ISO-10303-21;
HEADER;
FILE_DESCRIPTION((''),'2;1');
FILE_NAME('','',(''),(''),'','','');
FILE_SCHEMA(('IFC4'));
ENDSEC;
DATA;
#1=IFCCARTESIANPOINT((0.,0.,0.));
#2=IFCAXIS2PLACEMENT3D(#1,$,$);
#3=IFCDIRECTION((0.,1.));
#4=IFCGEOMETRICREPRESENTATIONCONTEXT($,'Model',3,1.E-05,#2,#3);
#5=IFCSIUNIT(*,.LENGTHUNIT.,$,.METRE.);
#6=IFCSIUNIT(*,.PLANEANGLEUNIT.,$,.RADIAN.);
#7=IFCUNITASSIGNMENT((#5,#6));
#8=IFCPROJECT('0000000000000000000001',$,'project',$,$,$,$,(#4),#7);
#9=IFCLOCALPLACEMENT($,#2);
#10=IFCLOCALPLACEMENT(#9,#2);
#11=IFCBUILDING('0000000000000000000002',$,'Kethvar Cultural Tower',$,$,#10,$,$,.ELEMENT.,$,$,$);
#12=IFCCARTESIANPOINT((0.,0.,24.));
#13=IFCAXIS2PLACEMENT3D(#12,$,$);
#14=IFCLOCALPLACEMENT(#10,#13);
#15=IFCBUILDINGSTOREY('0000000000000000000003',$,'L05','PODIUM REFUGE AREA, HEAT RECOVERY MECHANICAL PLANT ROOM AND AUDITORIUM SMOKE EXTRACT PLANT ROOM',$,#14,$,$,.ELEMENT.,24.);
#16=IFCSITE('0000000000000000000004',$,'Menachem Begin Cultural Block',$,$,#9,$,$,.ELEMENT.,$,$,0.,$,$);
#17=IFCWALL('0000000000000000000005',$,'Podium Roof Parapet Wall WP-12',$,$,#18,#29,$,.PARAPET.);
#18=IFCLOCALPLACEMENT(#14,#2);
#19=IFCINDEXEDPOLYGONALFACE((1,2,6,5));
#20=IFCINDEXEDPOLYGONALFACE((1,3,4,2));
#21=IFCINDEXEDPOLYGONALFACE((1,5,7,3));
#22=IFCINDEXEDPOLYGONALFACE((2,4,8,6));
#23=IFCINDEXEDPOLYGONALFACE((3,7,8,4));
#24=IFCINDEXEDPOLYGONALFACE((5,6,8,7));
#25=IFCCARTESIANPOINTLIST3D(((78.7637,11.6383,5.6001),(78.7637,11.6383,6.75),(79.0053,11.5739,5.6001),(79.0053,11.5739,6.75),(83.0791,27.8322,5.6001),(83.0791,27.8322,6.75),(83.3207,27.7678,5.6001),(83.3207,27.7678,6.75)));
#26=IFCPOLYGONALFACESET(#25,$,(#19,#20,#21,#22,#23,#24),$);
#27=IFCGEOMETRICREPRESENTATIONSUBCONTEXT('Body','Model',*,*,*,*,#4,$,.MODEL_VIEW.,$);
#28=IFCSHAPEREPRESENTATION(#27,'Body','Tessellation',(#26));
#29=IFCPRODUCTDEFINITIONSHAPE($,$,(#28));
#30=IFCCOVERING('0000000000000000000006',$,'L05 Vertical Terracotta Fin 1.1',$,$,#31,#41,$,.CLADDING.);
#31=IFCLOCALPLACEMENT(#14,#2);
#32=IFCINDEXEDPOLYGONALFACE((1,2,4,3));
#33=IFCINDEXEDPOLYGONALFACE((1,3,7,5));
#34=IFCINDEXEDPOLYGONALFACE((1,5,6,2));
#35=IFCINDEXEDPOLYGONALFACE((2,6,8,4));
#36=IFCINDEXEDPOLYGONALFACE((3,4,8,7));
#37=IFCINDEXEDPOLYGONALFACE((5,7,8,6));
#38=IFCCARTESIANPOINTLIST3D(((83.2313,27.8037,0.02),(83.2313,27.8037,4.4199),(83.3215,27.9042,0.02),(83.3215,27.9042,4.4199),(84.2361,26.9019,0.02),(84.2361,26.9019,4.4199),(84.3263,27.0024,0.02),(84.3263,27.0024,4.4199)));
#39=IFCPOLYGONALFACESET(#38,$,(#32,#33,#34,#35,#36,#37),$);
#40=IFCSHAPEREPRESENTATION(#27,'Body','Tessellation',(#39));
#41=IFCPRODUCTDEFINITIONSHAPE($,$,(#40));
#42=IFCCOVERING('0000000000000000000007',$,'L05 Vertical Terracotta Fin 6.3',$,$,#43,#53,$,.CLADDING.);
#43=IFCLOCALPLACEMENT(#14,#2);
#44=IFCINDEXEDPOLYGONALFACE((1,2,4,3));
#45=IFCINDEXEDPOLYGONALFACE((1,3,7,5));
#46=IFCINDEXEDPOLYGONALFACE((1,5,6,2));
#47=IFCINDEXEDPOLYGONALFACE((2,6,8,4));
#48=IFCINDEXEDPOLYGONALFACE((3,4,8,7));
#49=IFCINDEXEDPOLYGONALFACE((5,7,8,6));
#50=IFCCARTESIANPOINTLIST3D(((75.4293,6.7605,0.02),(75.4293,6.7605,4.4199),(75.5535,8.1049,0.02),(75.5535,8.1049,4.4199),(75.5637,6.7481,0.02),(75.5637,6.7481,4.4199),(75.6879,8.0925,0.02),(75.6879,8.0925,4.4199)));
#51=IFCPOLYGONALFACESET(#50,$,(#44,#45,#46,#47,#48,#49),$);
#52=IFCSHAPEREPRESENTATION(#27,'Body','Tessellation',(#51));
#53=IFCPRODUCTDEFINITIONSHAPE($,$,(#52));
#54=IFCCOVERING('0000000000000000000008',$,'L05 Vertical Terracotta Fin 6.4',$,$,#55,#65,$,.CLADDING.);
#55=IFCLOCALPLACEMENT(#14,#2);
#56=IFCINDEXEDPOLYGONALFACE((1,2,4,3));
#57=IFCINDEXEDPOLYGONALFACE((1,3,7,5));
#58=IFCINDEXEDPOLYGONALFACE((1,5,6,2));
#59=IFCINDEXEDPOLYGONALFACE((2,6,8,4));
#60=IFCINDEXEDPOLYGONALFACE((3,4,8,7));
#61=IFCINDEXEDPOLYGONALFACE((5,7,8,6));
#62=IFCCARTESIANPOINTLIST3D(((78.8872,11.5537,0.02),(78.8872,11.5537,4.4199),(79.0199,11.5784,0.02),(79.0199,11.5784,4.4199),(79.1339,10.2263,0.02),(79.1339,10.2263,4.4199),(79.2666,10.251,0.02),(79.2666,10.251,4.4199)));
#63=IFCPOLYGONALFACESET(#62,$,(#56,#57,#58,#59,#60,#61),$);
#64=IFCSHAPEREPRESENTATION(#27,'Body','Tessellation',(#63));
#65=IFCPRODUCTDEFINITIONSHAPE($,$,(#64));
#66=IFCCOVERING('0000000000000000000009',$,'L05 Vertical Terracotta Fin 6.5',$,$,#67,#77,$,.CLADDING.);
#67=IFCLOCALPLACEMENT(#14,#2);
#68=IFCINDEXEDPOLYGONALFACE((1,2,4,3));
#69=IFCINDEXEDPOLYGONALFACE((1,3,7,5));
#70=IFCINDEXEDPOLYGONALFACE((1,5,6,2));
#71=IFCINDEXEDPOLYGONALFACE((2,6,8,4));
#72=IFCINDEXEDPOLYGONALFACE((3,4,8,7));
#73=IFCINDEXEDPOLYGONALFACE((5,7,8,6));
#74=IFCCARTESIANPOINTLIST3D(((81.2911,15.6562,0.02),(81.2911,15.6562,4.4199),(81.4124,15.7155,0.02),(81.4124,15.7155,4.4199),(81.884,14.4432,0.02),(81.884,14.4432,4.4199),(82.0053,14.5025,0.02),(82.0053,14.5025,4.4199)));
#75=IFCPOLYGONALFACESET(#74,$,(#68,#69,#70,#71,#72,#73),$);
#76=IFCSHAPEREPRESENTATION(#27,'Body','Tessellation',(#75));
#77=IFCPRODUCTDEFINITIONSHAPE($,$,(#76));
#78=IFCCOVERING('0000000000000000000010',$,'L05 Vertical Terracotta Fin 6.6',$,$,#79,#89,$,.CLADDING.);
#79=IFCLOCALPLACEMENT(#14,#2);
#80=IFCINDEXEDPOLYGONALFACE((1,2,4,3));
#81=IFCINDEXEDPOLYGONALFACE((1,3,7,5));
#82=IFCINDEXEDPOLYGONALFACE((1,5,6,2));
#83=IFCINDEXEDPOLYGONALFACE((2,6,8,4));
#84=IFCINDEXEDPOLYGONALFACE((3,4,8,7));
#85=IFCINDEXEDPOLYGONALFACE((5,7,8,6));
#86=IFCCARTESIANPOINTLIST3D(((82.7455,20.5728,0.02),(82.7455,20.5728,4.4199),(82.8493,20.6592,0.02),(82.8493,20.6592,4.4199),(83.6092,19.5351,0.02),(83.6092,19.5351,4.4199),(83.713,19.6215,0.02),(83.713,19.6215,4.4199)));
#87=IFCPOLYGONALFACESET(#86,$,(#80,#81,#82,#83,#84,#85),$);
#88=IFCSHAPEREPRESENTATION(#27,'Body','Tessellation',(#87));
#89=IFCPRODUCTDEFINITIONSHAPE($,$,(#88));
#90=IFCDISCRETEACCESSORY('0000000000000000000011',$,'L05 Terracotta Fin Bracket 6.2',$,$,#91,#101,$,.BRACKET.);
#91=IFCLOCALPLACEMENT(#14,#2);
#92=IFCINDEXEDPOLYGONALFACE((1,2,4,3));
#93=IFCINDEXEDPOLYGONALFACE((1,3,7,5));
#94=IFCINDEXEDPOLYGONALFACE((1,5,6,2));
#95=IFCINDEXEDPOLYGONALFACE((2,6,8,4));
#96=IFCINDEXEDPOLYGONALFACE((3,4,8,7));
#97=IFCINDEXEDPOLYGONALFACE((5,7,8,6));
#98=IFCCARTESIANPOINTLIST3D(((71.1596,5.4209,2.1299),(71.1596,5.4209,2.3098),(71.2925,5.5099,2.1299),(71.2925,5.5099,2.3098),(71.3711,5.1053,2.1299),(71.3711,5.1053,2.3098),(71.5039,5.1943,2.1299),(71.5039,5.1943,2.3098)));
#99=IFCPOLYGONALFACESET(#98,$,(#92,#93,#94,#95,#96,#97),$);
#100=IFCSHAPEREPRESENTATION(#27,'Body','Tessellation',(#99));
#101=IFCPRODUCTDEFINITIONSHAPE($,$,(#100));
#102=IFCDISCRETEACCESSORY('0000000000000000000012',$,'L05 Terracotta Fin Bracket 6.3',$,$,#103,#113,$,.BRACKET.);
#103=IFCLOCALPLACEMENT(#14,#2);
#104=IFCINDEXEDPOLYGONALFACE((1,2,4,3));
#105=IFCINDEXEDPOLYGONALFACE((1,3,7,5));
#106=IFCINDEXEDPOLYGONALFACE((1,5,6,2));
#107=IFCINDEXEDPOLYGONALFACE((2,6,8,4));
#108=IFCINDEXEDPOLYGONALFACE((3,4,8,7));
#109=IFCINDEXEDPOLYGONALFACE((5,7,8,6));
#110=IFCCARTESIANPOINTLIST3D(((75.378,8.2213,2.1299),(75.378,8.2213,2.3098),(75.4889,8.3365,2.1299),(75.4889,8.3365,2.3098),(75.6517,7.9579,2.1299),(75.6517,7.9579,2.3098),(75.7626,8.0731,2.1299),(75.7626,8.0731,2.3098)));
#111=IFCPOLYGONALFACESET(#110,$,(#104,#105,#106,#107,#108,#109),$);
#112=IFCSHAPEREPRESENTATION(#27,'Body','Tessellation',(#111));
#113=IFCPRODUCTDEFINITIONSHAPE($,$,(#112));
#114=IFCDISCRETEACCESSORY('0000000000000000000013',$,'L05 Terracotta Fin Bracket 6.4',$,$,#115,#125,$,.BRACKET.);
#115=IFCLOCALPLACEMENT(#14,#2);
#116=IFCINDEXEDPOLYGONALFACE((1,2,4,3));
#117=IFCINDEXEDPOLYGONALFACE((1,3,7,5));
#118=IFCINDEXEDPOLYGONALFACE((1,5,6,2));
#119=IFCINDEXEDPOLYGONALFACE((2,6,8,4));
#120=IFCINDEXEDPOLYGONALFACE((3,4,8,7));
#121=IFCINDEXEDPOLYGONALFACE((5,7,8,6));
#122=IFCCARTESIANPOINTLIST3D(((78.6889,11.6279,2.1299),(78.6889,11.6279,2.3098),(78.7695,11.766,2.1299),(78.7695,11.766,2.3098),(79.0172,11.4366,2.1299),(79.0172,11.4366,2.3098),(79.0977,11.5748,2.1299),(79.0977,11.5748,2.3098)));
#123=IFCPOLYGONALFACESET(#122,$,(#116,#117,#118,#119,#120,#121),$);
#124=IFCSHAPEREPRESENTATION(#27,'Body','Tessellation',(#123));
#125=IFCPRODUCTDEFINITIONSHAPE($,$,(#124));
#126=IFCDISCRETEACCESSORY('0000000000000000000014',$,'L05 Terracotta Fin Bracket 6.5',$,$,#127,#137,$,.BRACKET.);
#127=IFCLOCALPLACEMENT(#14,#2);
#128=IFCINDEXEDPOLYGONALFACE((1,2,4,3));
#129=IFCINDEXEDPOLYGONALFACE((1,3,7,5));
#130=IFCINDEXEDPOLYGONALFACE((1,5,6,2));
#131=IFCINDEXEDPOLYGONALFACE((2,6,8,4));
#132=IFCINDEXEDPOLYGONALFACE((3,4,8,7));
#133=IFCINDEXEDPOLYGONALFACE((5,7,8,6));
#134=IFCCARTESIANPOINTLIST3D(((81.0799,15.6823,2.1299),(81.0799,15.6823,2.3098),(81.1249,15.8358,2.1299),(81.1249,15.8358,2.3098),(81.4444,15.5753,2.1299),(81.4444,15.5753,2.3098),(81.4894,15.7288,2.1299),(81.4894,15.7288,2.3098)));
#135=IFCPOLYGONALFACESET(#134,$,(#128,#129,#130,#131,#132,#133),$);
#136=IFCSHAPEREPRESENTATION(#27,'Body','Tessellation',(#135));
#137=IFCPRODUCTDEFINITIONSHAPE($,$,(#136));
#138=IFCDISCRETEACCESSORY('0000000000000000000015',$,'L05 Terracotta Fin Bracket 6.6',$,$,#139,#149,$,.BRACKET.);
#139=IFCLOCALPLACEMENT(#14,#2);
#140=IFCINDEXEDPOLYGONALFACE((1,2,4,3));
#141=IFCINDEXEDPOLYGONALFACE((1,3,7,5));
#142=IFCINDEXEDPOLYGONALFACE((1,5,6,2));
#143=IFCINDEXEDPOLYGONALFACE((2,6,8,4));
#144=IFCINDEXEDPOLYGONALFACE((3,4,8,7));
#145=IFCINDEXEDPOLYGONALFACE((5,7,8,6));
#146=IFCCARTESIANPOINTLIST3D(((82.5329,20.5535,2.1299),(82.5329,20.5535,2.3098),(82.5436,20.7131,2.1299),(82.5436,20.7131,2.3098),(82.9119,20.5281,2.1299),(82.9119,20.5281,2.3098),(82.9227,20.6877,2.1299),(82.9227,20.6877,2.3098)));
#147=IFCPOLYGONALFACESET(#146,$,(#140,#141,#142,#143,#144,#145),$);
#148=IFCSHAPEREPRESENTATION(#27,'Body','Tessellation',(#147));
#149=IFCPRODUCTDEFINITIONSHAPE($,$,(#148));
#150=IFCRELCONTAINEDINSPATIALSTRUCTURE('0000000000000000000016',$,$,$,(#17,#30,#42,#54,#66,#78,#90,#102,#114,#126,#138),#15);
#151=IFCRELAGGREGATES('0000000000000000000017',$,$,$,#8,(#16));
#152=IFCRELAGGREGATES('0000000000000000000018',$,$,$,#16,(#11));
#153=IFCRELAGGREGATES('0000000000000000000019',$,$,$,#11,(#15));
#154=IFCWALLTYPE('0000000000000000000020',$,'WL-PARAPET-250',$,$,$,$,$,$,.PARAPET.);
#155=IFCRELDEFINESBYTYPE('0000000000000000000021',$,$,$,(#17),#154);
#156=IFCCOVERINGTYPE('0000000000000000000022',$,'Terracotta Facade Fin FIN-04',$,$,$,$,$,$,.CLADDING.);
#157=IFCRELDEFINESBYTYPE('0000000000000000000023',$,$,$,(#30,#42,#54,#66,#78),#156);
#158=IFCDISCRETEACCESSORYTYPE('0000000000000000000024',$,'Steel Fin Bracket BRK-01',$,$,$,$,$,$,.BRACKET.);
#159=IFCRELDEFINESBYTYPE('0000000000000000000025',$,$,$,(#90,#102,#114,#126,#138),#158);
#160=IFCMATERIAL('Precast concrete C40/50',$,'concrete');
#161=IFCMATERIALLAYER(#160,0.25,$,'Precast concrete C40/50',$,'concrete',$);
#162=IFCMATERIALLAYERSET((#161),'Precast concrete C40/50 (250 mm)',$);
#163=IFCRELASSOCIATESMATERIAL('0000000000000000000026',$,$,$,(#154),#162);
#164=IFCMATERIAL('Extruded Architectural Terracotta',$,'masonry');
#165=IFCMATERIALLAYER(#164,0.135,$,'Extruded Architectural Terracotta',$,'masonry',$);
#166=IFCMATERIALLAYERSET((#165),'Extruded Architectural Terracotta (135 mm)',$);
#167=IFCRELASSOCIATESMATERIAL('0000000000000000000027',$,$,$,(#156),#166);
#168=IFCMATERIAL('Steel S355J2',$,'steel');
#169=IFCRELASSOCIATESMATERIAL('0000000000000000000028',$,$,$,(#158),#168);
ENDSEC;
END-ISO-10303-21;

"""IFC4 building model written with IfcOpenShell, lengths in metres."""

from ifc_helpers import new_model, si_unit, direction, frame, frame_2d, origin, origin_2d, place, context, subcontext, project, spatial, rectangle, extrude, source, transform, mapped, material, layer, layer_set, type_object, element, save


model = new_model("IFC4")

# Units and contexts
model_context = context("Model", 3, precision=1e-05, world=origin(), true_north=direction((0.0, 1.0)))
body_context = subcontext(model_context, "Body", "Model", "MODEL_VIEW")
ifc_project = project(units=[si_unit("LENGTHUNIT", "METRE"), si_unit("PLANEANGLEUNIT", "RADIAN")], contexts=[model_context])

# Site, building, storey
site_placement = place(None, origin())
site = spatial("IfcSite", under=ifc_project, at=site_placement, Name="Menachem Begin Cultural Block", CompositionType="ELEMENT", RefElevation=0.0)
building_placement = place(site_placement, origin())
building = spatial("IfcBuilding", under=site, at=building_placement, Name="Kethvar Cultural Tower", CompositionType="ELEMENT")
storey_placement = place(building_placement, frame((0.0, 0.0, 24.0)))
storey = spatial("IfcBuildingStorey", under=building, at=storey_placement, Name="L05", Description="PODIUM REFUGE AREA, HEAT RECOVERY MECHANICAL PLANT ROOM AND AUDITORIUM SMOKE EXTRACT PLANT ROOM", CompositionType="ELEMENT", Elevation=24.0)

# Shared definitions
ifc_material_1 = material(Name="Steel S355J2", Category="steel")

# Wall
ifc_material_2 = material(Name="Precast concrete C40/50", Category="concrete")
ifc_layer_1 = layer(ifc_material_2, 0.25, Name="Precast concrete C40/50", Category="concrete")
ifc_layer_set_1 = layer_set([ifc_layer_1], Name="Precast concrete C40/50 (250 mm)")
wall_type = type_object("IfcWallType", Name="WL-PARAPET-250", PredefinedType="PARAPET", material=ifc_layer_set_1)
wall_placement = place(storey_placement, frame((78.8845, 11.6062, 5.6001), z_axis=(0.0, 0.0, 1.0), x_axis=(0.257499, 0.966278, 0.0)))
element("IfcWall", 1, at=wall_placement, inside=storey, type_object=wall_type, Name="Podium Roof Parapet Wall WP-12", PredefinedType="PARAPET", context=body_context, shape_type="SweptSolid", body=[
    extrude(rectangle(XDim=16.759, YDim=0.25, at=frame_2d((8.3794, 0.0))), origin(), (0.0, 0.0, 1.0), 1.1499),
])

# Coverings
ifc_material_3 = material(Name="Extruded Architectural Terracotta", Category="masonry")
ifc_layer_2 = layer(ifc_material_3, 0.135, Name="Extruded Architectural Terracotta", Category="masonry")
ifc_layer_set_2 = layer_set([ifc_layer_2], Name="Extruded Architectural Terracotta (135 mm)")
covering_type = type_object("IfcCoveringType", Name="Terracotta Facade Fin FIN-04", PredefinedType="CLADDING", material=ifc_layer_set_2)
shared_shape_1 = source(origin(), body_context, "Body", "SweptSolid", [
    extrude(rectangle(XDim=1.3501, YDim=0.135, at=origin_2d()), origin(), (0.0, 0.0, 1.0), 4.3999),
])
for number, where, z_axis, x_axis, name in (
    (2, (83.7788, 27.4031, 0.02), (0.0, 0.0, 1.0), (0.744195, -0.667962, 0.0), "L05 Vertical Terracotta Fin 1.1"),
    (3, (75.5586, 7.4265, 0.02), (0.0, 0.0, 1.0), (-0.092023, -0.995757, 0.0), "L05 Vertical Terracotta Fin 6.3"),
    (4, (79.0769, 10.9023, 0.02), (0.0, 0.0, 1.0), (0.18275, -0.983159, 0.0), "L05 Vertical Terracotta Fin 6.4"),
    (5, (81.6482, 15.0793, 0.02), (0.0, 0.0, 1.0), (0.439155, -0.898411, 0.0), "L05 Vertical Terracotta Fin 6.5"),
    (6, (83.2292, 20.0972, 0.02), (0.0, 0.0, 1.0), (0.639707, -0.768619, 0.0), "L05 Vertical Terracotta Fin 6.6"),
):
    element("IfcCovering", number, at=place(storey_placement, frame(where, z_axis=z_axis, x_axis=x_axis)), inside=storey, type_object=covering_type, Name=name, PredefinedType="CLADDING", context=body_context, shape_type="MappedRepresentation", body=[
        mapped(shared_shape_1, transform((0.0, 0.0, 0.0), scale=1.0)),
    ])

# Discrete accessories
discrete_accessory_type = type_object("IfcDiscreteAccessoryType", Name="Steel Fin Bracket BRK-01", PredefinedType="BRACKET", material=ifc_material_1)
shared_shape_2 = source(origin(), body_context, "Body", "SweptSolid", [
    extrude(rectangle(XDim=0.3799, YDim=0.1599, at=origin_2d()), origin(), (0.0, 0.0, 1.0), 0.1799),
])
for number, where, z_axis, x_axis, name in (
    (7, (71.3318, 5.3076, 2.1299), (0.0, 0.0, 1.0), (0.556586, -0.83079, 0.0), "L05 Terracotta Fin Bracket 6.2"),
    (8, (75.5703, 8.1472, 2.1299), (0.0, 0.0, 1.0), (0.720551, -0.693402, 0.0), "L05 Terracotta Fin Bracket 6.3"),
    (9, (78.8933, 11.6013, 2.1299), (0.0, 0.0, 1.0), (0.864011, -0.503472, 0.0), "L05 Terracotta Fin Bracket 6.4"),
    (10, (81.2847, 15.7056, 2.1299), (0.0, 0.0, 1.0), (0.959511, -0.281672, 0.0), "L05 Terracotta Fin Bracket 6.5"),
    (11, (82.7278, 20.6206, 2.1299), (0.0, 0.0, 1.0), (0.997755, -0.06697, 0.0), "L05 Terracotta Fin Bracket 6.6"),
):
    element("IfcDiscreteAccessory", number, at=place(storey_placement, frame(where, z_axis=z_axis, x_axis=x_axis)), inside=storey, type_object=discrete_accessory_type, Name=name, PredefinedType="BRACKET", context=body_context, shape_type="MappedRepresentation", body=[
        mapped(shared_shape_2, transform((0.0, 0.0, 0.0), scale=1.0)),
    ])

save(model, "model.ifc")
